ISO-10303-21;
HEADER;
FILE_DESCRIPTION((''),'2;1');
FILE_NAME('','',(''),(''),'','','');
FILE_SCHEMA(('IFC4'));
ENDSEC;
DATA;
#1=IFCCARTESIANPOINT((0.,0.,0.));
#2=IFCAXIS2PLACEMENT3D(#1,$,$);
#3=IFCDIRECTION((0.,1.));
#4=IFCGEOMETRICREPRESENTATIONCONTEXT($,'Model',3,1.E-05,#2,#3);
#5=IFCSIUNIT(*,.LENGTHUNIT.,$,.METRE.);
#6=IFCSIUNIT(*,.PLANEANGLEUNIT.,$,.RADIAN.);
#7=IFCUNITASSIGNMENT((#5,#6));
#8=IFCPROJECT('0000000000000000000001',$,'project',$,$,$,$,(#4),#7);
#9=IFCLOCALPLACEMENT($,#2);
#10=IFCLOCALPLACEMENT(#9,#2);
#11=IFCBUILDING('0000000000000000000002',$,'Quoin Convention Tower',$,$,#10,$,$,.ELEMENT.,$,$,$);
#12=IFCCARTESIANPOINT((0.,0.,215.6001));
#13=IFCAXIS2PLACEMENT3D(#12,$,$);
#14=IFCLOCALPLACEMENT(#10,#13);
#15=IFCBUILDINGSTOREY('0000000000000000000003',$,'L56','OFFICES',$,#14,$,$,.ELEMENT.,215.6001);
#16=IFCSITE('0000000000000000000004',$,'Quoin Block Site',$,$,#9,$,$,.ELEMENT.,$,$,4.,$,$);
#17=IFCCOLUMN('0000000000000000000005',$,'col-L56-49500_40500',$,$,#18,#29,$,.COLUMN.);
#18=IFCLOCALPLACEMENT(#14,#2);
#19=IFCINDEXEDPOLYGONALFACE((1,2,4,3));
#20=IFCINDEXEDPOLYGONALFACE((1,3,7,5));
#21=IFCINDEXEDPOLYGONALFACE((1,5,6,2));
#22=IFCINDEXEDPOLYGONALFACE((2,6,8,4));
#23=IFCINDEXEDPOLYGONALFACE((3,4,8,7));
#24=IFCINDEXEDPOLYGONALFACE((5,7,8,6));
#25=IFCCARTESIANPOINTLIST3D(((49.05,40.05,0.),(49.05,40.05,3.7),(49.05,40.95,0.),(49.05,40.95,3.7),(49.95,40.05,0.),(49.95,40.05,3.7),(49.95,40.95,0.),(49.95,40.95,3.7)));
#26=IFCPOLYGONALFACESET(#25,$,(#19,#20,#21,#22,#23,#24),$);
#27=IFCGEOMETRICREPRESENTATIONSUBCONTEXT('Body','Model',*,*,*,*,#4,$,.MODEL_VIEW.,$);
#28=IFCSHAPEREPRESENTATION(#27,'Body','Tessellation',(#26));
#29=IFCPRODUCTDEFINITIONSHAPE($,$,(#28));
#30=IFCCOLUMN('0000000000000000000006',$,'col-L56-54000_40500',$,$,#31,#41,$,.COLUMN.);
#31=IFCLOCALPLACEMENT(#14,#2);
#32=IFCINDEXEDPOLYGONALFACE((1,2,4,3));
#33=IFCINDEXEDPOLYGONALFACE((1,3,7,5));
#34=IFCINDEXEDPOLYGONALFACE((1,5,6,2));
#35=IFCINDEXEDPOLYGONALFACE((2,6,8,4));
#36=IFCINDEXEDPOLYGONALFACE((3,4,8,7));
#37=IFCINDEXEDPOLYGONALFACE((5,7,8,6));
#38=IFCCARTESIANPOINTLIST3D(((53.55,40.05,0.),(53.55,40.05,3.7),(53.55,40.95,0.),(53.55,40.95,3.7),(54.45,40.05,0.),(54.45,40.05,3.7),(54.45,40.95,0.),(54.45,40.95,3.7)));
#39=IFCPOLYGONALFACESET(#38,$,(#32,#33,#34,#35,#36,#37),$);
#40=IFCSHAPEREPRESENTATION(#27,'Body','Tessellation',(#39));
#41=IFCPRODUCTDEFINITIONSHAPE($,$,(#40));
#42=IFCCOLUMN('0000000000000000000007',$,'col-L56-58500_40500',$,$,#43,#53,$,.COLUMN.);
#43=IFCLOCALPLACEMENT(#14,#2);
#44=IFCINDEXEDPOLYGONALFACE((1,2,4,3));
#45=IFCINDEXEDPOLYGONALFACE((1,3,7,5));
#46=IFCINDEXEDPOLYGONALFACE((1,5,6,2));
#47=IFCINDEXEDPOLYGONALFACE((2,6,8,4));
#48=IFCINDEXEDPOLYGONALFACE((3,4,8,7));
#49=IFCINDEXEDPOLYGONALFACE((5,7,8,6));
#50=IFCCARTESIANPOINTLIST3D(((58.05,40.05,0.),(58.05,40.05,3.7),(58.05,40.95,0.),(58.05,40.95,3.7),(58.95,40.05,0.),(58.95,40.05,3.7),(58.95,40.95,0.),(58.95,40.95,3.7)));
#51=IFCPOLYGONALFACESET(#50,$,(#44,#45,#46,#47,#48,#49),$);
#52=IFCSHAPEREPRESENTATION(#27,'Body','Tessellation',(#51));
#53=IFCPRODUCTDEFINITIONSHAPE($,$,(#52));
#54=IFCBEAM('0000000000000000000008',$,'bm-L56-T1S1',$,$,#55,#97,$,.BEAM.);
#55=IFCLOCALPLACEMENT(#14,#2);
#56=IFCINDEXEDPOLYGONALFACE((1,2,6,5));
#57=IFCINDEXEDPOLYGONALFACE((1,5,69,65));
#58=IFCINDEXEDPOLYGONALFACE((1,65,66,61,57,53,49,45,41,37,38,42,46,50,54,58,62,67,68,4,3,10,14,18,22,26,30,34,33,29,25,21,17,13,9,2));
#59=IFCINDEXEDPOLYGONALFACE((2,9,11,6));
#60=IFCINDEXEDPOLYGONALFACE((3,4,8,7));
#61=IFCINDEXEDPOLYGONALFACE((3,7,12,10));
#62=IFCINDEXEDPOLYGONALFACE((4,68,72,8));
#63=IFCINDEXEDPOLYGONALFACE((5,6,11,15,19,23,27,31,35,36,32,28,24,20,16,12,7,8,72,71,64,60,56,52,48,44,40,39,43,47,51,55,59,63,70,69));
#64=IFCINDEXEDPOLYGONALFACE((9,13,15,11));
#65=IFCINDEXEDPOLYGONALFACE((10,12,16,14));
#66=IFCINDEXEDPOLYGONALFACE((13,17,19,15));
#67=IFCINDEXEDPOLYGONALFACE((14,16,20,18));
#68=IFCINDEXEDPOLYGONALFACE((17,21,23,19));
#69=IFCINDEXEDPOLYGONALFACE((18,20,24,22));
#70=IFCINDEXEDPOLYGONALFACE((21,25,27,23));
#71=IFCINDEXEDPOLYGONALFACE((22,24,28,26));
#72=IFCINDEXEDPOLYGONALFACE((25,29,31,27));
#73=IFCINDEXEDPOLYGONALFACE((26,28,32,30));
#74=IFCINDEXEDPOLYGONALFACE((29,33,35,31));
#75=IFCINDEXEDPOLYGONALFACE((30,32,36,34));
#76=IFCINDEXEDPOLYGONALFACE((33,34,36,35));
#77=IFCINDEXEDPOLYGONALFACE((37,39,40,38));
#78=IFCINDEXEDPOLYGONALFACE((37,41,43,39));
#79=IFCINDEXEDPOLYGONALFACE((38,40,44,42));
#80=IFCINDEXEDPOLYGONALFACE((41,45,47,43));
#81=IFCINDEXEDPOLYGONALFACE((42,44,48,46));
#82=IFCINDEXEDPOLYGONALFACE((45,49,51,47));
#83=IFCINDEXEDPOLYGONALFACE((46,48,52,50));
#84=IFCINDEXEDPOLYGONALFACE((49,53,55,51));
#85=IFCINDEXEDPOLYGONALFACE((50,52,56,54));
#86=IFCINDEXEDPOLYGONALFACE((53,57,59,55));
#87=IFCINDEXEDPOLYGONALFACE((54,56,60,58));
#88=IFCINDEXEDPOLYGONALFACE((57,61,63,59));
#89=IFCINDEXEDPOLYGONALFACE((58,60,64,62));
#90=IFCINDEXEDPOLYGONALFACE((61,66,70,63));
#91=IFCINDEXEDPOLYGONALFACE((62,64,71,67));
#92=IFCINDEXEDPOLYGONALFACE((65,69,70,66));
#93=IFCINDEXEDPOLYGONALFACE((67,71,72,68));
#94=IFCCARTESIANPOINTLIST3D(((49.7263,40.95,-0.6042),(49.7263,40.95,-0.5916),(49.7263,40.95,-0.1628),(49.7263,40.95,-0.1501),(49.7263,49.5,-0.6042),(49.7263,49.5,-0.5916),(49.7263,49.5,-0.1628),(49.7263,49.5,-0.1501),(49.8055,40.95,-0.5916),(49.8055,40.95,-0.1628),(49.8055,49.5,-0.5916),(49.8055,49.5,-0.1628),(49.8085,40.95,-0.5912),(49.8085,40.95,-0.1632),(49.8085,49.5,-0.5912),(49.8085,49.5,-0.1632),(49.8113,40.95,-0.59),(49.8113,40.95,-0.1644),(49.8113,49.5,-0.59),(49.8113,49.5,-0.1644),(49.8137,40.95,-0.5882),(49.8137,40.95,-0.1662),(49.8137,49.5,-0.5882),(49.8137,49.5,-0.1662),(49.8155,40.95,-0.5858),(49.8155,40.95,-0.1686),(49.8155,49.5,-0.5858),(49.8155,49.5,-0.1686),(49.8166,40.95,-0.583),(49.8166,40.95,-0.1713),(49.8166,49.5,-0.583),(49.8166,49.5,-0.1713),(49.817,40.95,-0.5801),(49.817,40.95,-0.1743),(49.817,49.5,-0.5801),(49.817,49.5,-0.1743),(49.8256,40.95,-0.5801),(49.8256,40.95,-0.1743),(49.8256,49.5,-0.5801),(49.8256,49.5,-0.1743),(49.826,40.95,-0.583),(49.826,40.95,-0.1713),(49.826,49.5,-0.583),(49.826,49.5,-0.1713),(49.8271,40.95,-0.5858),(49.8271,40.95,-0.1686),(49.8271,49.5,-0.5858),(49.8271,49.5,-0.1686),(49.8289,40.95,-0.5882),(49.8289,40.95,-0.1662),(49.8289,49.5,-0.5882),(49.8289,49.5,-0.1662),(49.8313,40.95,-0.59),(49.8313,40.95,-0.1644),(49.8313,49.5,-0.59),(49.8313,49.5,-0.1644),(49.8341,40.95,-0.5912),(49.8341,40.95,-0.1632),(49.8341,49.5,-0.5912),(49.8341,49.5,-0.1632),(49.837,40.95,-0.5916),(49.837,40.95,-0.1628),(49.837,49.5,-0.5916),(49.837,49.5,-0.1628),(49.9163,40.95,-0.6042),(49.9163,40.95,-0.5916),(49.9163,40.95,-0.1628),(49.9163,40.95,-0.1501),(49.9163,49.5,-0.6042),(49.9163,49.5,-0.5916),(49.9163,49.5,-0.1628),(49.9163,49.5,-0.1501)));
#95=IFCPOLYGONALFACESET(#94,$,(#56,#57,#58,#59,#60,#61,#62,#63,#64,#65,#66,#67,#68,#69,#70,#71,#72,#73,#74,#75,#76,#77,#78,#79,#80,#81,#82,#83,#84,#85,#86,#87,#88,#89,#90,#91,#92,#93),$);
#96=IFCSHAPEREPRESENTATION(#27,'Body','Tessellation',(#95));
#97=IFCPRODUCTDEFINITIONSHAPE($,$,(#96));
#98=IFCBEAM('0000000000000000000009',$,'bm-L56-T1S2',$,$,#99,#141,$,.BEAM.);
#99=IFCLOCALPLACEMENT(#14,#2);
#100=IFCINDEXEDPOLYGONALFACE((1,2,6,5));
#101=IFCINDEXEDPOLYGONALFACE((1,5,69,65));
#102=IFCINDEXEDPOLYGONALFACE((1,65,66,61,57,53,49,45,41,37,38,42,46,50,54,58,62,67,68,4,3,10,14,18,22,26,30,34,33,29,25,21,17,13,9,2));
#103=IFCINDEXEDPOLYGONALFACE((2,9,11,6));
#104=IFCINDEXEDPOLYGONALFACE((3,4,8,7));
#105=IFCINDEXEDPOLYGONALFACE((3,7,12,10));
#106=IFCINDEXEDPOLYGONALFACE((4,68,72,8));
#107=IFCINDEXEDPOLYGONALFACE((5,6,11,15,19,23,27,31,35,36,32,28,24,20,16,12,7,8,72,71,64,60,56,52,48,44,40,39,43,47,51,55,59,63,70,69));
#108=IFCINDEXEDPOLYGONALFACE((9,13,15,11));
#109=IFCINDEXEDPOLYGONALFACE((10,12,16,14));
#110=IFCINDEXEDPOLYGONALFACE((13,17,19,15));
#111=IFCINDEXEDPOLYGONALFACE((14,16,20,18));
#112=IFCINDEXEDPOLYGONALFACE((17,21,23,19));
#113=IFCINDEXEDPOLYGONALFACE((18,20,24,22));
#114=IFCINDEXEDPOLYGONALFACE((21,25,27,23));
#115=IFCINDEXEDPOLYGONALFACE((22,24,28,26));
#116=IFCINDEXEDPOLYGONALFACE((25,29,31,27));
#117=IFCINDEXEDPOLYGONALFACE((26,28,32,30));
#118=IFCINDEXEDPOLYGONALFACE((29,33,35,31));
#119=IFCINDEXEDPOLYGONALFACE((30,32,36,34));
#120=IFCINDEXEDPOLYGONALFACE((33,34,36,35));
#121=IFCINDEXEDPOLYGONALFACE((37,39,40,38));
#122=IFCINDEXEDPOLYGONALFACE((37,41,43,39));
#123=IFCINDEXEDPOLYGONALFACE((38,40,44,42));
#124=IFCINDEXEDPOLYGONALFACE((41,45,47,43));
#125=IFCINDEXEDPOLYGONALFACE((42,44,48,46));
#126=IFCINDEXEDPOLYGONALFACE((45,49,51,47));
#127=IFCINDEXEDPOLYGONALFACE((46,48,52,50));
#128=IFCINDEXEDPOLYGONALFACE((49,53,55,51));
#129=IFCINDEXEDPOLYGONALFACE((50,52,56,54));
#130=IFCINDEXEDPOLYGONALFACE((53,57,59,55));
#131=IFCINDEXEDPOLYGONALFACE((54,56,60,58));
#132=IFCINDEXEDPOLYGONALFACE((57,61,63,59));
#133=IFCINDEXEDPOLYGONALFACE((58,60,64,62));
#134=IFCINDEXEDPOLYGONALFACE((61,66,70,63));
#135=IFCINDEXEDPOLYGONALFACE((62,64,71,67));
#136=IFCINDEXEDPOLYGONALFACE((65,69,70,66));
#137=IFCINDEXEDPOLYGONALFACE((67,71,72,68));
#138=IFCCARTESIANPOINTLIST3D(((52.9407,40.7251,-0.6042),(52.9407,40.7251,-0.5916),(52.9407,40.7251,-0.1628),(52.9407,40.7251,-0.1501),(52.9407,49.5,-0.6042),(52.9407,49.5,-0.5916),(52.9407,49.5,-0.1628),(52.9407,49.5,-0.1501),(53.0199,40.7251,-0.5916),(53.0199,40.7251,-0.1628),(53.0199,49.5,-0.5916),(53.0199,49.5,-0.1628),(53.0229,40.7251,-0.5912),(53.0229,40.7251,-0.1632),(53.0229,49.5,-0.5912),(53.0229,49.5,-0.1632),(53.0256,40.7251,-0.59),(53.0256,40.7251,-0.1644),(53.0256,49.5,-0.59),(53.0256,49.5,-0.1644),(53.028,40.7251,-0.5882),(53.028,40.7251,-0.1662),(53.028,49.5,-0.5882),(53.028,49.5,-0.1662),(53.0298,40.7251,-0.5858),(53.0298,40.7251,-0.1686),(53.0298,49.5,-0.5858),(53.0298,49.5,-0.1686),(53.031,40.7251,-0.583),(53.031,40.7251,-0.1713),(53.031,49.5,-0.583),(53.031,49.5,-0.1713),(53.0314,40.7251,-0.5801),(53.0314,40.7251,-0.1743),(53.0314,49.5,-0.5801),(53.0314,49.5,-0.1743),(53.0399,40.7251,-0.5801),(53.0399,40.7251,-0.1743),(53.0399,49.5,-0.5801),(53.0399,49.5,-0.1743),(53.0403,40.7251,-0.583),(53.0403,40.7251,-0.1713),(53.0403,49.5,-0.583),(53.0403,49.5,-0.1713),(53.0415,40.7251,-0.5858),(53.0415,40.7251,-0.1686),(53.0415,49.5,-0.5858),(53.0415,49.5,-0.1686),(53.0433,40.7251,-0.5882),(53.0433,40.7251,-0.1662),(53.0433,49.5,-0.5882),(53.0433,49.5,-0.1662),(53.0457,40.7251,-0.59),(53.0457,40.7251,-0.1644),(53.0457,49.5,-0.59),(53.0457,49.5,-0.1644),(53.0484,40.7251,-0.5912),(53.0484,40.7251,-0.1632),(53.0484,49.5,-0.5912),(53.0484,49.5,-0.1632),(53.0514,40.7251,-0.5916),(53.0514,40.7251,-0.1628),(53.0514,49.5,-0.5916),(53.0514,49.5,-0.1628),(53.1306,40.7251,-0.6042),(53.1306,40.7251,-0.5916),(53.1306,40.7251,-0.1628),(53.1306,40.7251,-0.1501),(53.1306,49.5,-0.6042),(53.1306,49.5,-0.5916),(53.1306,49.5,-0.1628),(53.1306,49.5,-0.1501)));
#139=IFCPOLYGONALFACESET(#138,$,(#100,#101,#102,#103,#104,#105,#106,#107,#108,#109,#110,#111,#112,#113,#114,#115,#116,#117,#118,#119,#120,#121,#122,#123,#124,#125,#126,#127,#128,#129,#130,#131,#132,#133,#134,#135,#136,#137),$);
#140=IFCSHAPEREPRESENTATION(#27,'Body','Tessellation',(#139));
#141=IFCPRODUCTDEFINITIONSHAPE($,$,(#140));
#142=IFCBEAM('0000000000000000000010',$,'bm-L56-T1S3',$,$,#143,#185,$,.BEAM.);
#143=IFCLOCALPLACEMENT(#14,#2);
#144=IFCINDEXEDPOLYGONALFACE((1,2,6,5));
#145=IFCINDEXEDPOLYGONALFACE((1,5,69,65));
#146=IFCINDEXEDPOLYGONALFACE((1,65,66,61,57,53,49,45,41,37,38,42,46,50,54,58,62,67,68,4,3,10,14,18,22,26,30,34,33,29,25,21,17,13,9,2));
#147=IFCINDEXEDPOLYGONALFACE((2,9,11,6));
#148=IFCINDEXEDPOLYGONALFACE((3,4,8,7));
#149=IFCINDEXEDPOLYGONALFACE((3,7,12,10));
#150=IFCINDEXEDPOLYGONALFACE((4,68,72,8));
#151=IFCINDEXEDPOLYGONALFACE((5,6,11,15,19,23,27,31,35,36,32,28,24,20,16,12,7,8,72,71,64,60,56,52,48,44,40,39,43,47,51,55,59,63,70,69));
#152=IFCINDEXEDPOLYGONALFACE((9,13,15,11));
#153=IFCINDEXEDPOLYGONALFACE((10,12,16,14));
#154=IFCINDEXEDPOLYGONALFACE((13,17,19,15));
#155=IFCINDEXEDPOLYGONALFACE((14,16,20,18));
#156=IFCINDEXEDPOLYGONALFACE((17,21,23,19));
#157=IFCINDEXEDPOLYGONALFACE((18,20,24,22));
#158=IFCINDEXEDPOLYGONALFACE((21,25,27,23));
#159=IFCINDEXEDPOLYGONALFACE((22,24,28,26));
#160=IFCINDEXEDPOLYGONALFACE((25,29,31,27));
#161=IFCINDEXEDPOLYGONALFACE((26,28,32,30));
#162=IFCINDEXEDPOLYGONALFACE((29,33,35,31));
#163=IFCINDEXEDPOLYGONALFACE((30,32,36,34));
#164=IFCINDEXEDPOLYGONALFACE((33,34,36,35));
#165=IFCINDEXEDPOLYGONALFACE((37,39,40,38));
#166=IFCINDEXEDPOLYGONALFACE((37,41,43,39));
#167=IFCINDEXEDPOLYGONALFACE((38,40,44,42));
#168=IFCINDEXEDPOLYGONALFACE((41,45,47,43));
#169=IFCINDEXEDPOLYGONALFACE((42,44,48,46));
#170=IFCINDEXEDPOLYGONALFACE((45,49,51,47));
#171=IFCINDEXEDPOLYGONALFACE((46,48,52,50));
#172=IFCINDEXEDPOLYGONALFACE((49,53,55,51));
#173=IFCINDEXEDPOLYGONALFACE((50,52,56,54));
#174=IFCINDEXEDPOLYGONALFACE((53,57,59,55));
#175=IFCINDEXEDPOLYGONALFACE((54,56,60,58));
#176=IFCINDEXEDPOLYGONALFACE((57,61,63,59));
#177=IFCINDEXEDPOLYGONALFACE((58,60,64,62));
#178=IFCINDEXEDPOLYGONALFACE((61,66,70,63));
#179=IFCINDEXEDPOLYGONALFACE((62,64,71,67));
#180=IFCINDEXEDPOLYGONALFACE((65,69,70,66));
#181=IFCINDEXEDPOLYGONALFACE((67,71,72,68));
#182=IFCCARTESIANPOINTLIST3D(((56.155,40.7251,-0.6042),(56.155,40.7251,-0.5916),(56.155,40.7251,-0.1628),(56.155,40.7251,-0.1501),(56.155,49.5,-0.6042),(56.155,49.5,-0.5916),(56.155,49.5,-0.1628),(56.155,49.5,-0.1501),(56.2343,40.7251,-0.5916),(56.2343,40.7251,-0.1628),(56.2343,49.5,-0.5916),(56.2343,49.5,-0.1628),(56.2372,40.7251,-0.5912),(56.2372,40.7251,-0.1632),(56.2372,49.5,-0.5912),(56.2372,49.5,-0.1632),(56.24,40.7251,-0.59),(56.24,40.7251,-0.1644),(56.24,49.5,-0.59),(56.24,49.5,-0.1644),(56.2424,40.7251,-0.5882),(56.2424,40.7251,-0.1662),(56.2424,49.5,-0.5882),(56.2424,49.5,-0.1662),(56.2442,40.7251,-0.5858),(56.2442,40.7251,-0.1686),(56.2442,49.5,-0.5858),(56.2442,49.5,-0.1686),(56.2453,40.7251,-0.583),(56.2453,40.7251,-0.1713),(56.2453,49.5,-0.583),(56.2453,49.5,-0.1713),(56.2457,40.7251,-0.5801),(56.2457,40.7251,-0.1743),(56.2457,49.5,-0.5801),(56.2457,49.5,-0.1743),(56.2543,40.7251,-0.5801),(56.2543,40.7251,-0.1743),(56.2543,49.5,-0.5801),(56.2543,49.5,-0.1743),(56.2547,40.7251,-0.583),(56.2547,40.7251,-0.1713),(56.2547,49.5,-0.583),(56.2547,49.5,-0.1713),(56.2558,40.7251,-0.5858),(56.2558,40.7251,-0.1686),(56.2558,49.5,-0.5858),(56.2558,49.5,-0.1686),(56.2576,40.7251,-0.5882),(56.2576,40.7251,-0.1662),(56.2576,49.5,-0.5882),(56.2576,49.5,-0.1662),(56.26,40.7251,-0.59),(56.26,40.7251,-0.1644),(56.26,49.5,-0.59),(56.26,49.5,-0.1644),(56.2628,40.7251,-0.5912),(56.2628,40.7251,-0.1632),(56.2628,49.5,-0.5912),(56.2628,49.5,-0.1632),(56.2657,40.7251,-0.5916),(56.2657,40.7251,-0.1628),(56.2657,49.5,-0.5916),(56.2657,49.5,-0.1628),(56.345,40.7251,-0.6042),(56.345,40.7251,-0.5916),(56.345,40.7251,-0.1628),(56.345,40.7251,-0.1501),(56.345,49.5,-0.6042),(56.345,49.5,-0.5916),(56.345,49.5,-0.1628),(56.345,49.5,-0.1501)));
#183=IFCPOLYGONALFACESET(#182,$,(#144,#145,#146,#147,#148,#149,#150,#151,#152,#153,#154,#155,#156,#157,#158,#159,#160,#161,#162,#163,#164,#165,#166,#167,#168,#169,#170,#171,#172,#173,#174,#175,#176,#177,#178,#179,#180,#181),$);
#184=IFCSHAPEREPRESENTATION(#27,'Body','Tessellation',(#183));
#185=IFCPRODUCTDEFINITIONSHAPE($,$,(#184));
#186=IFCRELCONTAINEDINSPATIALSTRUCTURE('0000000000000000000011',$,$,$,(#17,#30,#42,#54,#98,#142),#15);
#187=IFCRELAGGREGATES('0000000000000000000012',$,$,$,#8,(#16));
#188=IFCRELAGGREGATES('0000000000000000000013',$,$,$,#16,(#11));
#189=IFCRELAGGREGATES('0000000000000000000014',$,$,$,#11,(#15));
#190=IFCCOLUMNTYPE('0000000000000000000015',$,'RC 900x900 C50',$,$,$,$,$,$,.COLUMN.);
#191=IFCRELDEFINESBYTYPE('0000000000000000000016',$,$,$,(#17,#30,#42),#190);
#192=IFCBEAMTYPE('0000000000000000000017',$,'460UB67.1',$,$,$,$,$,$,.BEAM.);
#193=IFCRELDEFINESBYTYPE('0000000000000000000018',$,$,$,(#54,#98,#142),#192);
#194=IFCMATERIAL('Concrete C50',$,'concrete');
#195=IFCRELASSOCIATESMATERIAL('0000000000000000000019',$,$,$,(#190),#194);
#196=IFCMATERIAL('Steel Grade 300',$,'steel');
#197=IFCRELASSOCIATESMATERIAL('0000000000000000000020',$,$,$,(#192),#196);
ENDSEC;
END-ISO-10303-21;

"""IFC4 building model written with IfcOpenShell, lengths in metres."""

from ifc_helpers import new_model, si_unit, direction, frame, origin, origin_2d, place, context, subcontext, project, spatial, rectangle, i_section, extrude, material, material_profile, profile_set, type_object, element, save


model = new_model("IFC4")

# Units and contexts
model_context = context("Model", 3, precision=1e-05, world=origin(), true_north=direction((0.0, 1.0)))
body_context = subcontext(model_context, "Body", "Model", "MODEL_VIEW")
ifc_project = project(units=[si_unit("LENGTHUNIT", "METRE"), si_unit("PLANEANGLEUNIT", "RADIAN")], contexts=[model_context])

# Site, building, storey
site_placement = place(None, origin())
site = spatial("IfcSite", under=ifc_project, at=site_placement, Name="Quoin Block Site", CompositionType="ELEMENT", RefElevation=4.0)
building_placement = place(site_placement, origin())
building = spatial("IfcBuilding", under=site, at=building_placement, Name="Quoin Convention Tower", CompositionType="ELEMENT")
storey_placement = place(building_placement, frame((0.0, 0.0, 215.6001)))
storey = spatial("IfcBuildingStorey", under=building, at=storey_placement, Name="L56", Description="OFFICES", CompositionType="ELEMENT", Elevation=215.6001)

# Columns
ifc_material_1 = material(Name="Concrete C50", Category="concrete")
ifc_material_profile_1 = material_profile(ifc_material_1, rectangle(XDim=0.8999, YDim=0.8999, at=origin_2d()), Name="RC 900x900")
ifc_profile_set_1 = profile_set([ifc_material_profile_1], Name="Concrete C50")
column_type = type_object("IfcColumnType", Name="RC 900x900 C50", PredefinedType="COLUMN", material=ifc_profile_set_1)
for number, where, z_axis, x_axis, name in (
    (1, (49.5, 40.5, 0.0), (0.0, 0.0, 1.0), (1.0, 0.0, 0.0), "col-L56-49500_40500"),
    (2, (54.0, 40.5, 0.0), (0.0, 0.0, 1.0), (1.0, 0.0, 0.0), "col-L56-54000_40500"),
    (3, (58.5, 40.5, 0.0), (0.0, 0.0, 1.0), (1.0, 0.0, 0.0), "col-L56-58500_40500"),
):
    element("IfcColumn", number, at=place(storey_placement, frame(where, z_axis=z_axis, x_axis=x_axis)), inside=storey, type_object=column_type, Name=name, PredefinedType="COLUMN", context=body_context, shape_type="SweptSolid", body=[
        extrude(rectangle(XDim=0.8999, YDim=0.8999, at=origin_2d()), origin(), (0.0, 0.0, 1.0), 3.7),
    ])

# Beams
ifc_material_2 = material(Name="Steel Grade 300", Category="steel")
ifc_material_profile_2 = material_profile(ifc_material_2, i_section(OverallWidth=0.1899, OverallDepth=0.4541, WebThickness=0.0085, FlangeThickness=0.0127, FilletRadius=0.0115, at=origin_2d()), Name="460UB67.1")
ifc_profile_set_2 = profile_set([ifc_material_profile_2], Name="Steel Grade 300")
beam_type_1 = type_object("IfcBeamType", Name="460UB67.1", PredefinedType="BEAM", material=ifc_profile_set_2)
beam_placement = place(storey_placement, frame((49.8213, 40.95, -0.3772), z_axis=(0.0, 1.0, 0.0), x_axis=(-1.0, 0.0, 0.0)))
element("IfcBeam", 4, at=beam_placement, inside=storey, type_object=beam_type_1, Name="bm-L56-T1S1", PredefinedType="BEAM", context=body_context, shape_type="SweptSolid", body=[
    extrude(i_section(OverallWidth=0.1899, OverallDepth=0.4541, WebThickness=0.0085, FlangeThickness=0.0127, FilletRadius=0.0115, at=origin_2d()), origin(), (0.0, 0.0, 1.0), 8.55),
])
for number, where, z_axis, x_axis, name in (
    (5, (53.0356, 40.7251, -0.3772), (0.0, 1.0, 0.0), (-1.0, 0.0, 0.0), "bm-L56-T1S2"),
    (6, (56.25, 40.7251, -0.3772), (0.0, 1.0, 0.0), (-1.0, 0.0, 0.0), "bm-L56-T1S3"),
):
    element("IfcBeam", number, at=place(storey_placement, frame(where, z_axis=z_axis, x_axis=x_axis)), inside=storey, type_object=beam_type_1, Name=name, PredefinedType="BEAM", context=body_context, shape_type="SweptSolid", body=[
        extrude(i_section(OverallWidth=0.1899, OverallDepth=0.4541, WebThickness=0.0085, FlangeThickness=0.0127, FilletRadius=0.0115, at=origin_2d()), origin(), (0.0, 0.0, 1.0), 8.7749),
    ])

save(model, "model.ifc")
